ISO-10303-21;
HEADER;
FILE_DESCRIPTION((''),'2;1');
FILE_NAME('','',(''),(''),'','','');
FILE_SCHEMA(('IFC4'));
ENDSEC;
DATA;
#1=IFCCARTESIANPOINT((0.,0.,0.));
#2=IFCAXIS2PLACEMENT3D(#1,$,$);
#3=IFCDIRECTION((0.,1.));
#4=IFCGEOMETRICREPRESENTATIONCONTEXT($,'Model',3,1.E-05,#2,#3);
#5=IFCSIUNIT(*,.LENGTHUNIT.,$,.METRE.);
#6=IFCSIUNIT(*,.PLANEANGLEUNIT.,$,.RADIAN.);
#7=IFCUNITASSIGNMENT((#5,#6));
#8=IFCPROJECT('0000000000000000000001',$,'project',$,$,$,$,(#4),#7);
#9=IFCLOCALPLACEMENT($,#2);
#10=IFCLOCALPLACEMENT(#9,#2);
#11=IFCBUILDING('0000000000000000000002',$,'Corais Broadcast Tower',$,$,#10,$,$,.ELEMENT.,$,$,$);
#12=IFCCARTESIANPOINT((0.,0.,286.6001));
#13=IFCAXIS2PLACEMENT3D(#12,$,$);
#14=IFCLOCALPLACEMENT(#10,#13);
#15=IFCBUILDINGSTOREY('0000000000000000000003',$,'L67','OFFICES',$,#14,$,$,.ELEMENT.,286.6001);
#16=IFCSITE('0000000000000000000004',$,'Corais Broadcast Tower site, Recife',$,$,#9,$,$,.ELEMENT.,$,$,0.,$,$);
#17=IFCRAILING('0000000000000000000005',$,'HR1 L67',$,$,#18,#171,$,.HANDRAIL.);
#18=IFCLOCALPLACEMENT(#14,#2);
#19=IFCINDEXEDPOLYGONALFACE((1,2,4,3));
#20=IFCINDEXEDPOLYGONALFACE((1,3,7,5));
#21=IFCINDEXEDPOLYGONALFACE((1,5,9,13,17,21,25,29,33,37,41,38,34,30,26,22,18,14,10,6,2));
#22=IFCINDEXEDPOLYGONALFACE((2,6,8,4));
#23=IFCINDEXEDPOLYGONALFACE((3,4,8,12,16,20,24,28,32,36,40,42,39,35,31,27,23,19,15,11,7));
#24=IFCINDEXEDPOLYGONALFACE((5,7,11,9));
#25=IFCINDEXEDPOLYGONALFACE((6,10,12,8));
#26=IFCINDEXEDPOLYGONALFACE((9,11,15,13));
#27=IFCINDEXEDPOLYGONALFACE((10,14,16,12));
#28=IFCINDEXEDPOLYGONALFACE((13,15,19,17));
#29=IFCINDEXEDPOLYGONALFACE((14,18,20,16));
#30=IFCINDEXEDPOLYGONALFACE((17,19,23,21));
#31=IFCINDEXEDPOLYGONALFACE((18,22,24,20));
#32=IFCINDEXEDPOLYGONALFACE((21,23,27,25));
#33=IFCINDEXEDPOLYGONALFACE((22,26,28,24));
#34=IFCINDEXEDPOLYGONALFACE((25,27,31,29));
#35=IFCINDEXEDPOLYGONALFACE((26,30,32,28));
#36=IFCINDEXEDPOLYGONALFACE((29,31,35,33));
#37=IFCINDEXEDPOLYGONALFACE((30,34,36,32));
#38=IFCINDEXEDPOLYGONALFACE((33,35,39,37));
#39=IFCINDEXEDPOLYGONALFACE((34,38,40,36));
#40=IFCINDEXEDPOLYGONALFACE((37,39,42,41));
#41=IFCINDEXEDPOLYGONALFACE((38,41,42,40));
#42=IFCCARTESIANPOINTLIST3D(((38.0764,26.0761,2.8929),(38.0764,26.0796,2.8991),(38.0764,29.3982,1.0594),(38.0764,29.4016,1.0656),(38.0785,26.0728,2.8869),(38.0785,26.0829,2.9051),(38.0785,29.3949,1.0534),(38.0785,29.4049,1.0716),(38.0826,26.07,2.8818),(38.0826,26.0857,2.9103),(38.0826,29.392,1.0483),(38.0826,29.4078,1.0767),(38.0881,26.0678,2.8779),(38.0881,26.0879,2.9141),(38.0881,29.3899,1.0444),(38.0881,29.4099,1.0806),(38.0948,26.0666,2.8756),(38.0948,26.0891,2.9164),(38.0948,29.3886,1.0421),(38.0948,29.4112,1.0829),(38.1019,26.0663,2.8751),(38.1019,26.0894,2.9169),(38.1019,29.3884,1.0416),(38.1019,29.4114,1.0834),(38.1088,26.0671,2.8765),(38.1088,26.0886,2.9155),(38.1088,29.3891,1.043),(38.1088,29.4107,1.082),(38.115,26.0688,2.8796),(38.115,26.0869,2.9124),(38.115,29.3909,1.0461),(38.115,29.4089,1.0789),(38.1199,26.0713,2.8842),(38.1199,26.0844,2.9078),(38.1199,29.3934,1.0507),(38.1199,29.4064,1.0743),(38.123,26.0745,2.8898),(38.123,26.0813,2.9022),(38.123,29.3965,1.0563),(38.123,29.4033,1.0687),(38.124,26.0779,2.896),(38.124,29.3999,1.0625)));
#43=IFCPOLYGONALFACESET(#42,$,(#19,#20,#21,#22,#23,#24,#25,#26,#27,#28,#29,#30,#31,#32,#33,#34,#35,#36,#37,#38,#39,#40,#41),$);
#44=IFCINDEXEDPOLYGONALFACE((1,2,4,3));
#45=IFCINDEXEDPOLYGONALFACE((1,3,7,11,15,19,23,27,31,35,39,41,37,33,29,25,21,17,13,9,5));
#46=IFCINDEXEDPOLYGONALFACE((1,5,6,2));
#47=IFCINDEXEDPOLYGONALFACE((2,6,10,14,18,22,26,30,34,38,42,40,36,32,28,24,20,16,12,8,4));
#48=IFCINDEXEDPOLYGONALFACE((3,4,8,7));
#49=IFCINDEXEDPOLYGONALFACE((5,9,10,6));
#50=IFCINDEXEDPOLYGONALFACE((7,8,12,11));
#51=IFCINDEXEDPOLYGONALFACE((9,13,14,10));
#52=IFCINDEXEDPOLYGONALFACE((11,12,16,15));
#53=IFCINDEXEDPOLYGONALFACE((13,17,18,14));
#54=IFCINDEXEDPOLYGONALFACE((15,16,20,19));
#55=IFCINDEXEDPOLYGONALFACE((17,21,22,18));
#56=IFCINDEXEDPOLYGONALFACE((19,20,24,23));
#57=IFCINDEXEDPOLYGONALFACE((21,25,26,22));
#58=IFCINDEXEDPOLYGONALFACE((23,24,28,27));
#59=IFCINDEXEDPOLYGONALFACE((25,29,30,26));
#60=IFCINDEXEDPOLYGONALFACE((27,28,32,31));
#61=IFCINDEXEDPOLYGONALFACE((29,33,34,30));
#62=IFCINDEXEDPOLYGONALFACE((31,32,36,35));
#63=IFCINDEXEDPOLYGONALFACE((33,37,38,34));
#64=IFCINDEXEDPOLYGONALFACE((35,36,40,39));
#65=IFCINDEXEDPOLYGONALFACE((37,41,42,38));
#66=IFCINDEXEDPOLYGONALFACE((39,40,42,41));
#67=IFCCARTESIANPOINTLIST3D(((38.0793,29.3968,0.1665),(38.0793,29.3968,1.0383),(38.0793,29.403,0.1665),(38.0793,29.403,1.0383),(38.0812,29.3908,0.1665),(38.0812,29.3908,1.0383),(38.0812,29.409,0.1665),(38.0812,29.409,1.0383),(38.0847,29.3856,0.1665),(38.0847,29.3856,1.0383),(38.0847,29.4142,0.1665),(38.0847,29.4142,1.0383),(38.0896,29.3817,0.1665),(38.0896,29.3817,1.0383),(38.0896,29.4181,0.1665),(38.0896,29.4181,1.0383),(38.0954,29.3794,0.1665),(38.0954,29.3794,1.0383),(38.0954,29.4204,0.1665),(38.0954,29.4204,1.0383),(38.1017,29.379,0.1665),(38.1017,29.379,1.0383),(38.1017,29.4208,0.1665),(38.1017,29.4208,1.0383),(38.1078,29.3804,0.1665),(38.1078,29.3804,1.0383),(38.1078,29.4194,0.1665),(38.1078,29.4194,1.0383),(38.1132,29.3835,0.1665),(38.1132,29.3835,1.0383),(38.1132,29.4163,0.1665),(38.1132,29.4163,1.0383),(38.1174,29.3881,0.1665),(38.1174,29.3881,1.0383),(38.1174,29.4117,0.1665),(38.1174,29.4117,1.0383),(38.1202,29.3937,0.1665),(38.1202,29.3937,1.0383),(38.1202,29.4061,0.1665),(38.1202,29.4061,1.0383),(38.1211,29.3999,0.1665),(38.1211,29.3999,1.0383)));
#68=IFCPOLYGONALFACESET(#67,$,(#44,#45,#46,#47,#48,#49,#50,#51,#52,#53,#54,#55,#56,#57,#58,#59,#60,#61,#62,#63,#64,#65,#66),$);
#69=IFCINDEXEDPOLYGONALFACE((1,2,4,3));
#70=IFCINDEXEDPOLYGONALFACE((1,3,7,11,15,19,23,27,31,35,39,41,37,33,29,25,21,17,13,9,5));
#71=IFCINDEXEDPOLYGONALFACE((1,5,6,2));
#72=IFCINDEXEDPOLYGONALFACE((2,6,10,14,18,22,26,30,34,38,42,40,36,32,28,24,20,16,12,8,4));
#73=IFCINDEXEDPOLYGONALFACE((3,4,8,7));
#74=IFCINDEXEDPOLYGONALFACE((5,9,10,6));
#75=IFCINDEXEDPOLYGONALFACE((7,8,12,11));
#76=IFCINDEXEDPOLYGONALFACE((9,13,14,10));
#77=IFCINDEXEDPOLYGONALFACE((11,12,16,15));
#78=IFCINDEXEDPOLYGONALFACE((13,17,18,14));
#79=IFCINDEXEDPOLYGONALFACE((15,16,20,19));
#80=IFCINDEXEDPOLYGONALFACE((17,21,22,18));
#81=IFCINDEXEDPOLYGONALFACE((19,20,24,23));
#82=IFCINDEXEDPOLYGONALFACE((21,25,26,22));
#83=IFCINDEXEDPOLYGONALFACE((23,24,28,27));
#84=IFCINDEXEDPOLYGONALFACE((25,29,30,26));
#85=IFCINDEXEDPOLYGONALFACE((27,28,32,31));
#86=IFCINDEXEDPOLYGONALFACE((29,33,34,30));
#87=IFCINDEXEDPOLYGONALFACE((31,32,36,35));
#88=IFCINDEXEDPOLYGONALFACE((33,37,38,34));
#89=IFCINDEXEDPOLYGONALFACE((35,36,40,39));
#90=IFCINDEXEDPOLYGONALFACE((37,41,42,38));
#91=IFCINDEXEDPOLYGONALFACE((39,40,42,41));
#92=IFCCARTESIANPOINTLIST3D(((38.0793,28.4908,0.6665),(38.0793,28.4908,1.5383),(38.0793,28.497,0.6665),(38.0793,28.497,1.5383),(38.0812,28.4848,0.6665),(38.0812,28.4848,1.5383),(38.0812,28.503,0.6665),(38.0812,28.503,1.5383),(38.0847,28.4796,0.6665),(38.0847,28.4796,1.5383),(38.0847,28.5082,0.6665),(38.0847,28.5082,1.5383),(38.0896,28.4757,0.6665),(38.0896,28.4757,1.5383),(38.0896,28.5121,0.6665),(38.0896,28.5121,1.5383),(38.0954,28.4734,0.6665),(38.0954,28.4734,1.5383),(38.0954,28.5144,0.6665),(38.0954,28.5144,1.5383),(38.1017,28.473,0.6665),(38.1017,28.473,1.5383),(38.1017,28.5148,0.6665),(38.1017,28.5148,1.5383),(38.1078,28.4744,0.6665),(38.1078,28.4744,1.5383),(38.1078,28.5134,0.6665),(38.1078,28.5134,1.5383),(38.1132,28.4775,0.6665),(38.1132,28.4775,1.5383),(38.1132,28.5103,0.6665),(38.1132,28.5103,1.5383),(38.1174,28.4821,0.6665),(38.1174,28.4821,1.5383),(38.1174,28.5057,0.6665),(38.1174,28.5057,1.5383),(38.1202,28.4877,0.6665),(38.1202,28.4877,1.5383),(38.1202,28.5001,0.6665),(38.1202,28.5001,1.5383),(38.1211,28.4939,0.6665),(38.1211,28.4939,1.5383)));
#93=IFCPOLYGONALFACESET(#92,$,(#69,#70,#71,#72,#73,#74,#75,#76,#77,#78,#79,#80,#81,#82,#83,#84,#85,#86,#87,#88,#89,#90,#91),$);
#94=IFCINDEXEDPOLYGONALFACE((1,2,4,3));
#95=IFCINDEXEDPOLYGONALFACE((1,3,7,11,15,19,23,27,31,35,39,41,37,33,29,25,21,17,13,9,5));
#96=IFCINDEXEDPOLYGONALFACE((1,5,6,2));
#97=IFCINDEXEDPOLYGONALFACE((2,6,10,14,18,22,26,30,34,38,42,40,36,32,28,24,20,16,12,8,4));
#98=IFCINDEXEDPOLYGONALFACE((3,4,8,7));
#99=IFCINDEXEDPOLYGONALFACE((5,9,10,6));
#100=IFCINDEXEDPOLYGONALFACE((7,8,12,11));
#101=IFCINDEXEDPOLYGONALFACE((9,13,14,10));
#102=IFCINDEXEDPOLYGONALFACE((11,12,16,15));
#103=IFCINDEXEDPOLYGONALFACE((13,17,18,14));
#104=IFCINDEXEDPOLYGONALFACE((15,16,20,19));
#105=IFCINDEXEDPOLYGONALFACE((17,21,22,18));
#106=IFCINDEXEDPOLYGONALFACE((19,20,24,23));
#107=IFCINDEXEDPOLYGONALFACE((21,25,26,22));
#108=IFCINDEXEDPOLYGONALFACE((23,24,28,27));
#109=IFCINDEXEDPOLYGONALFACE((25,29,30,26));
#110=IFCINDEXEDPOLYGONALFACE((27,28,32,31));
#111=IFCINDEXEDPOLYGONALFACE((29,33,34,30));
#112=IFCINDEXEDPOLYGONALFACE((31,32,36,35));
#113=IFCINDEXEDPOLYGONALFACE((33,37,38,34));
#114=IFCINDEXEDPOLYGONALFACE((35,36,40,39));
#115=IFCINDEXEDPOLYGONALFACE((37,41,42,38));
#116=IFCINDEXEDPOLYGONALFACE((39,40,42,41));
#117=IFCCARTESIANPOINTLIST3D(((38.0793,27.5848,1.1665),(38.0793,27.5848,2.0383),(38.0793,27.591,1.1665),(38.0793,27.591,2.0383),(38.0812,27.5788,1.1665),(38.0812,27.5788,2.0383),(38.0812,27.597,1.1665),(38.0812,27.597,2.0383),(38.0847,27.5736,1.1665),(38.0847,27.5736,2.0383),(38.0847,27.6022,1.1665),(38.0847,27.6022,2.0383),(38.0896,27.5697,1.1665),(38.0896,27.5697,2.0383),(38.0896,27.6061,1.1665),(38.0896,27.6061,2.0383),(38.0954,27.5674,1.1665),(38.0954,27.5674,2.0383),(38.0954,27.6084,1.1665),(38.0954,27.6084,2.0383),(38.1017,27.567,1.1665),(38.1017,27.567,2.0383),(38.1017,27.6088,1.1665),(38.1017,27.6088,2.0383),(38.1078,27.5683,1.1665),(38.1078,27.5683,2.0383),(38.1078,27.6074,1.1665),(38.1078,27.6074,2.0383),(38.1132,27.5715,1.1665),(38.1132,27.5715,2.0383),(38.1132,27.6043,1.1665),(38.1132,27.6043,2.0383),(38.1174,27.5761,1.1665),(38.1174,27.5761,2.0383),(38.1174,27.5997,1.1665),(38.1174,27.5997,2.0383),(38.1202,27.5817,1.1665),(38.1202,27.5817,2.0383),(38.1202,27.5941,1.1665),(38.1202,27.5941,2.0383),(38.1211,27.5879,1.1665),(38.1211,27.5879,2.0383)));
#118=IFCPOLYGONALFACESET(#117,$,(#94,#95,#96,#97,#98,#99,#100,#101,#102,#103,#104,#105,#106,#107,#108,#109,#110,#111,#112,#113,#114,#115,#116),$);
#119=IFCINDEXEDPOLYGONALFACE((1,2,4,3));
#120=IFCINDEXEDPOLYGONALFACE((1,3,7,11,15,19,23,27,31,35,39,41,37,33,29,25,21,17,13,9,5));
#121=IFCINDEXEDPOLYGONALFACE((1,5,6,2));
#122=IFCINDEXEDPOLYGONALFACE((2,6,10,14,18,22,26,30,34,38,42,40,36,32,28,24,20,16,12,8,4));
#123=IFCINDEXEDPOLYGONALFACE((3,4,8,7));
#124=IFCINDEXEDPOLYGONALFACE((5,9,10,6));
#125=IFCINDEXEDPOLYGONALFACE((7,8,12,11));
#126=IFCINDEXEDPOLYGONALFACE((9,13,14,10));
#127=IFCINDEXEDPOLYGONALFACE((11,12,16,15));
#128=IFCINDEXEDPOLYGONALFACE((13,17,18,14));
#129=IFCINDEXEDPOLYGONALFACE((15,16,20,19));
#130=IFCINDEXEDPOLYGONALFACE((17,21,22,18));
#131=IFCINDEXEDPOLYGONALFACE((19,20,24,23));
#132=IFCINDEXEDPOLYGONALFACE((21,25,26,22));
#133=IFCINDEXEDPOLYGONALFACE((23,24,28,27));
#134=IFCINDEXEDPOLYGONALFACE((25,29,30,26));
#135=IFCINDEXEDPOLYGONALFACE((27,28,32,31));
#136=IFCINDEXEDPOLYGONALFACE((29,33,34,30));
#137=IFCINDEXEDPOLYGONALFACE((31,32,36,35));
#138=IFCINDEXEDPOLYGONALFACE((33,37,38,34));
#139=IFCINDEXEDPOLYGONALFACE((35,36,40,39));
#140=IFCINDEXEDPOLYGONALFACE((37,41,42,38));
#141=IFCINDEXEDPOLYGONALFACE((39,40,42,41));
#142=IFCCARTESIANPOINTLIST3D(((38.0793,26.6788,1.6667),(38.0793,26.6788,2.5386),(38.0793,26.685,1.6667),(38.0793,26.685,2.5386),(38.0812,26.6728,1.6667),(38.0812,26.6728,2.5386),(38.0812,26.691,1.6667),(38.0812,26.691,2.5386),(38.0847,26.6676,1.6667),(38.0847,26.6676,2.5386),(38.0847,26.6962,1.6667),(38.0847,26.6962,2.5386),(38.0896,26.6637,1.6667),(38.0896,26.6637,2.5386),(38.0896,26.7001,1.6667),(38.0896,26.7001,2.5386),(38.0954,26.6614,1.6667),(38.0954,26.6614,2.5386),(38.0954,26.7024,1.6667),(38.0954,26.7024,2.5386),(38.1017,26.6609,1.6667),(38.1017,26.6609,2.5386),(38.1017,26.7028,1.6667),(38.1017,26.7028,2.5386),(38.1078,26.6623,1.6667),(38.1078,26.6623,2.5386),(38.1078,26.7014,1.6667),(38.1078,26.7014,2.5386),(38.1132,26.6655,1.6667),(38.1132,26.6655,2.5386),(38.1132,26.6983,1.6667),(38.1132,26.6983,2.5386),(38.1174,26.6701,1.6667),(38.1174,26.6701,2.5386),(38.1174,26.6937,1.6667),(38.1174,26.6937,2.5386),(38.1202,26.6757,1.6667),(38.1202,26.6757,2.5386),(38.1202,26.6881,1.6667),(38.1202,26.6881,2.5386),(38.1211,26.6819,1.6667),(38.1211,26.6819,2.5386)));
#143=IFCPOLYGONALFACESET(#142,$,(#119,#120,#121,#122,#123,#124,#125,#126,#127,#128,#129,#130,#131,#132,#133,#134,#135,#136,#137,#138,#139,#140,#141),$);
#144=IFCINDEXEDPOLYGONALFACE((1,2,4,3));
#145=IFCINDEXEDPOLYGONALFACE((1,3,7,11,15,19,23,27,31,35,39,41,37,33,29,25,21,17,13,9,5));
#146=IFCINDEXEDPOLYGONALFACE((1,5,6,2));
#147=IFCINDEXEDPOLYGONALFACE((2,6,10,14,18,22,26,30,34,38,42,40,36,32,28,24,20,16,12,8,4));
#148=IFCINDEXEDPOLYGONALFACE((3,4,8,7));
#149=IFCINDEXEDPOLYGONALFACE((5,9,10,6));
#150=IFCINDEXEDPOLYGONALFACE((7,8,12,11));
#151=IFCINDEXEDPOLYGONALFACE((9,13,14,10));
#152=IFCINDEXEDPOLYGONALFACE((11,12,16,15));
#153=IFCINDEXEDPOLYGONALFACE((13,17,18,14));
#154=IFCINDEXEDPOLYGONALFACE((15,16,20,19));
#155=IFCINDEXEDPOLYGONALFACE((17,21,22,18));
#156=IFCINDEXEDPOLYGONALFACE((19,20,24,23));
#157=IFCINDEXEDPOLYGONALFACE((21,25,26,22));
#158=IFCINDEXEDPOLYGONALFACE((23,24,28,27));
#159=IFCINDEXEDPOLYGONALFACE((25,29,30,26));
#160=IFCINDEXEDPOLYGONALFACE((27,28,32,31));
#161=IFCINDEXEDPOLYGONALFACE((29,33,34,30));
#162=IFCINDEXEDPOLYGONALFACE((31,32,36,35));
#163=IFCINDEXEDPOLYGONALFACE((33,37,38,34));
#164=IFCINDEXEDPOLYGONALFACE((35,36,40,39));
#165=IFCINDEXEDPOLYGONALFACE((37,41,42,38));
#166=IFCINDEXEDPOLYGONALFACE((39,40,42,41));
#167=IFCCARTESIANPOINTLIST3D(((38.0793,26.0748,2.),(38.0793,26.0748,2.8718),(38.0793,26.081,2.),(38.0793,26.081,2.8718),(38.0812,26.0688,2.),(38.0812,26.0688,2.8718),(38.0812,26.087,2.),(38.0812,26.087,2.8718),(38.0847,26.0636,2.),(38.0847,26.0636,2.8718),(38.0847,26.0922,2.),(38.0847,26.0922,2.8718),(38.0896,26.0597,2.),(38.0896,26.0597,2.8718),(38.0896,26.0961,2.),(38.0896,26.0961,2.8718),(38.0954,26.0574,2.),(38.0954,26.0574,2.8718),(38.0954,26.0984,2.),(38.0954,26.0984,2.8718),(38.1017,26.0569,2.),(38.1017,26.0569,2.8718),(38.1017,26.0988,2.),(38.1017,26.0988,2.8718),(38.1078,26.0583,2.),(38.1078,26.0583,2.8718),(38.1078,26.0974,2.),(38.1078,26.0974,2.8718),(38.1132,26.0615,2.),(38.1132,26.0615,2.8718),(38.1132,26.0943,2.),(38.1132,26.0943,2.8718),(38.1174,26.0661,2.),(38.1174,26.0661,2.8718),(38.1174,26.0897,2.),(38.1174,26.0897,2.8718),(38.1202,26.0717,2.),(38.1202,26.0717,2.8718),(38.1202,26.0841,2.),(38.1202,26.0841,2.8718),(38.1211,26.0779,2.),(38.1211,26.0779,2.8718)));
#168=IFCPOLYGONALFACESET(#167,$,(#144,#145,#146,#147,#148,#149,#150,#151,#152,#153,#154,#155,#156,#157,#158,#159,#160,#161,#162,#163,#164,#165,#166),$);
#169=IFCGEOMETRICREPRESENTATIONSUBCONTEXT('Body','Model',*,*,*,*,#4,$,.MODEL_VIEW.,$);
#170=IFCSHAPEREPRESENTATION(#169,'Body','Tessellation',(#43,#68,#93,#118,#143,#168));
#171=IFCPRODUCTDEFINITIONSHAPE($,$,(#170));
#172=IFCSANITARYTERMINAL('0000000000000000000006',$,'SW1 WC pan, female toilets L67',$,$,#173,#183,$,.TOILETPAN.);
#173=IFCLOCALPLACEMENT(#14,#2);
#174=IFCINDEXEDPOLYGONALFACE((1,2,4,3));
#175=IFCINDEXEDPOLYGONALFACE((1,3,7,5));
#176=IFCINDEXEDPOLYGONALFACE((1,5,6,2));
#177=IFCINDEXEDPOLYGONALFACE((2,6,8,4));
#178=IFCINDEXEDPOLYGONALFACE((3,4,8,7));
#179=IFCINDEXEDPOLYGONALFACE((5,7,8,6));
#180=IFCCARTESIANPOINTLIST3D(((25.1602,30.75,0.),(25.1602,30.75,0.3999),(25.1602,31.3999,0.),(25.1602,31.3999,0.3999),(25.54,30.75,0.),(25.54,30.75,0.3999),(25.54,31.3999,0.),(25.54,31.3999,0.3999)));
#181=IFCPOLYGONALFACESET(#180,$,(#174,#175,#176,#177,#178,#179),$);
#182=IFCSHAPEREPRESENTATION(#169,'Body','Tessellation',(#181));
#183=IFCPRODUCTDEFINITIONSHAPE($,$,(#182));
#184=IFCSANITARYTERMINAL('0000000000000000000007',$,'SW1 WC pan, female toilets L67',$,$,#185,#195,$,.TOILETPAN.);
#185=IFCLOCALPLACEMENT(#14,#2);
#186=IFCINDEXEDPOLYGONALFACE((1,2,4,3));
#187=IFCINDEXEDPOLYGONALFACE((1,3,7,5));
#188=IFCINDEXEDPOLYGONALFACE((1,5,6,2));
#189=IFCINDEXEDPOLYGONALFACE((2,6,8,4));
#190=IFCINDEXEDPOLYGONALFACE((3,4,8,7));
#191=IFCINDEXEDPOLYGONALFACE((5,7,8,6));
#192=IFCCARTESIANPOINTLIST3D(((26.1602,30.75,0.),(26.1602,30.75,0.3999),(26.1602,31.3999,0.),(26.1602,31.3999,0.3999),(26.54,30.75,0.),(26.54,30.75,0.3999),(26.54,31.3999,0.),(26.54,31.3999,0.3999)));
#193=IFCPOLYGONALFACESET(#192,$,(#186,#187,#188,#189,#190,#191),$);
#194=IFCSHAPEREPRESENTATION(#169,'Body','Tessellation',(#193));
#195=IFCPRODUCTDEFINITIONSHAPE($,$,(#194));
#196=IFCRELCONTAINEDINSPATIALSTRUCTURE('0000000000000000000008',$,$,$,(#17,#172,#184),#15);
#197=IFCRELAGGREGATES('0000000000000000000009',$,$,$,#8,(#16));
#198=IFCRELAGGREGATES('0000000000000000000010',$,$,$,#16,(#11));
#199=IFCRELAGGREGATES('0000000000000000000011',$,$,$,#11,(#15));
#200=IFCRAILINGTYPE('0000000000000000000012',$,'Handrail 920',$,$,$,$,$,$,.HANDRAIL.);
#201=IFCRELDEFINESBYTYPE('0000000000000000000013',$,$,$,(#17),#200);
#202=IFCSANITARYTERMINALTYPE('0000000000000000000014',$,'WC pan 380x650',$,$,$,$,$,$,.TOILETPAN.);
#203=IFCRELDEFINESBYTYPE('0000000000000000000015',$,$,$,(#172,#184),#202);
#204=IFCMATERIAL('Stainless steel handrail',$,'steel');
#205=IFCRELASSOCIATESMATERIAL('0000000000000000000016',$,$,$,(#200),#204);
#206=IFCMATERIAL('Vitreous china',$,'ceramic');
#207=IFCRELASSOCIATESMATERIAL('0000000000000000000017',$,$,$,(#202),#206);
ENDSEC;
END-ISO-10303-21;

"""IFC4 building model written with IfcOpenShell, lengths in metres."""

from ifc_helpers import new_model, si_unit, direction, frame, origin, origin_2d, place, context, subcontext, project, spatial, rectangle, circle, extrude, material, type_object, element, save


model = new_model("IFC4")

# Units and contexts
model_context = context("Model", 3, precision=1e-05, world=origin(), true_north=direction((0.0, 1.0)))
body_context = subcontext(model_context, "Body", "Model", "MODEL_VIEW")
ifc_project = project(units=[si_unit("LENGTHUNIT", "METRE"), si_unit("PLANEANGLEUNIT", "RADIAN")], contexts=[model_context])

# Site, building, storey
site_placement = place(None, origin())
site = spatial("IfcSite", under=ifc_project, at=site_placement, Name="Corais Broadcast Tower site, Recife", CompositionType="ELEMENT", RefElevation=0.0)
building_placement = place(site_placement, origin())
building = spatial("IfcBuilding", under=site, at=building_placement, Name="Corais Broadcast Tower", CompositionType="ELEMENT")
storey_placement = place(building_placement, frame((0.0, 0.0, 286.6001)))
storey = spatial("IfcBuildingStorey", under=building, at=storey_placement, Name="L67", Description="OFFICES", CompositionType="ELEMENT", Elevation=286.6001)

# Railing
ifc_material_1 = material(Name="Stainless steel handrail", Category="steel")
railing_type = type_object("IfcRailingType", Name="Handrail 920", PredefinedType="HANDRAIL", material=ifc_material_1)
for number, where, name in (
    (1, (38.1001, 29.3999, 0.1665), "HR1 L67"),
):
    element("IfcRailing", number, at=place(storey_placement, frame(where)), inside=storey, type_object=railing_type, Name=name, PredefinedType="HANDRAIL", context=body_context, shape_type="SweptSolid", body=[
        extrude(circle(Radius=0.0239, at=origin_2d()), frame((0.0, 0.0, 0.896), z_axis=(0.0, -0.875504, 0.48321), x_axis=(1.0, 0.0, 0.0)), (0.0, 0.0, 1.0), 3.7944),
        extrude(circle(Radius=0.021, at=origin_2d()), origin(), (0.0, 0.0, 1.0), 0.8718),
        extrude(circle(Radius=0.021, at=origin_2d()), frame((0.0, -0.906, 0.5)), (0.0, 0.0, 1.0), 0.8718),
        extrude(circle(Radius=0.021, at=origin_2d()), frame((0.0, -1.812, 1.0)), (0.0, 0.0, 1.0), 0.8718),
        extrude(circle(Radius=0.021, at=origin_2d()), frame((0.0, -2.718, 1.5002)), (0.0, 0.0, 1.0), 0.8718),
        extrude(circle(Radius=0.021, at=origin_2d()), frame((0.0, -3.322, 1.8335)), (0.0, 0.0, 1.0), 0.8718),
    ])

# Sanitary terminals
ifc_material_2 = material(Name="Vitreous china", Category="ceramic")
sanitary_terminal_type = type_object("IfcSanitaryTerminalType", Name="WC pan 380x650", PredefinedType="TOILETPAN", material=ifc_material_2)
for number, where, z_axis, x_axis, name in (
    (2, (25.3501, 31.075, 0.0), (0.0, 0.0, 1.0), (1.0, 0.0, 0.0), "SW1 WC pan, female toilets L67"),
    (3, (26.3501, 31.075, 0.0), (0.0, 0.0, 1.0), (1.0, 0.0, 0.0), "SW1 WC pan, female toilets L67"),
):
    element("IfcSanitaryTerminal", number, at=place(storey_placement, frame(where, z_axis=z_axis, x_axis=x_axis)), inside=storey, type_object=sanitary_terminal_type, Name=name, PredefinedType="TOILETPAN", context=body_context, shape_type="SweptSolid", body=[
        extrude(rectangle(XDim=0.3799, YDim=0.6499, at=origin_2d()), origin(), (0.0, 0.0, 1.0), 0.3999),
    ])

save(model, "model.ifc")
